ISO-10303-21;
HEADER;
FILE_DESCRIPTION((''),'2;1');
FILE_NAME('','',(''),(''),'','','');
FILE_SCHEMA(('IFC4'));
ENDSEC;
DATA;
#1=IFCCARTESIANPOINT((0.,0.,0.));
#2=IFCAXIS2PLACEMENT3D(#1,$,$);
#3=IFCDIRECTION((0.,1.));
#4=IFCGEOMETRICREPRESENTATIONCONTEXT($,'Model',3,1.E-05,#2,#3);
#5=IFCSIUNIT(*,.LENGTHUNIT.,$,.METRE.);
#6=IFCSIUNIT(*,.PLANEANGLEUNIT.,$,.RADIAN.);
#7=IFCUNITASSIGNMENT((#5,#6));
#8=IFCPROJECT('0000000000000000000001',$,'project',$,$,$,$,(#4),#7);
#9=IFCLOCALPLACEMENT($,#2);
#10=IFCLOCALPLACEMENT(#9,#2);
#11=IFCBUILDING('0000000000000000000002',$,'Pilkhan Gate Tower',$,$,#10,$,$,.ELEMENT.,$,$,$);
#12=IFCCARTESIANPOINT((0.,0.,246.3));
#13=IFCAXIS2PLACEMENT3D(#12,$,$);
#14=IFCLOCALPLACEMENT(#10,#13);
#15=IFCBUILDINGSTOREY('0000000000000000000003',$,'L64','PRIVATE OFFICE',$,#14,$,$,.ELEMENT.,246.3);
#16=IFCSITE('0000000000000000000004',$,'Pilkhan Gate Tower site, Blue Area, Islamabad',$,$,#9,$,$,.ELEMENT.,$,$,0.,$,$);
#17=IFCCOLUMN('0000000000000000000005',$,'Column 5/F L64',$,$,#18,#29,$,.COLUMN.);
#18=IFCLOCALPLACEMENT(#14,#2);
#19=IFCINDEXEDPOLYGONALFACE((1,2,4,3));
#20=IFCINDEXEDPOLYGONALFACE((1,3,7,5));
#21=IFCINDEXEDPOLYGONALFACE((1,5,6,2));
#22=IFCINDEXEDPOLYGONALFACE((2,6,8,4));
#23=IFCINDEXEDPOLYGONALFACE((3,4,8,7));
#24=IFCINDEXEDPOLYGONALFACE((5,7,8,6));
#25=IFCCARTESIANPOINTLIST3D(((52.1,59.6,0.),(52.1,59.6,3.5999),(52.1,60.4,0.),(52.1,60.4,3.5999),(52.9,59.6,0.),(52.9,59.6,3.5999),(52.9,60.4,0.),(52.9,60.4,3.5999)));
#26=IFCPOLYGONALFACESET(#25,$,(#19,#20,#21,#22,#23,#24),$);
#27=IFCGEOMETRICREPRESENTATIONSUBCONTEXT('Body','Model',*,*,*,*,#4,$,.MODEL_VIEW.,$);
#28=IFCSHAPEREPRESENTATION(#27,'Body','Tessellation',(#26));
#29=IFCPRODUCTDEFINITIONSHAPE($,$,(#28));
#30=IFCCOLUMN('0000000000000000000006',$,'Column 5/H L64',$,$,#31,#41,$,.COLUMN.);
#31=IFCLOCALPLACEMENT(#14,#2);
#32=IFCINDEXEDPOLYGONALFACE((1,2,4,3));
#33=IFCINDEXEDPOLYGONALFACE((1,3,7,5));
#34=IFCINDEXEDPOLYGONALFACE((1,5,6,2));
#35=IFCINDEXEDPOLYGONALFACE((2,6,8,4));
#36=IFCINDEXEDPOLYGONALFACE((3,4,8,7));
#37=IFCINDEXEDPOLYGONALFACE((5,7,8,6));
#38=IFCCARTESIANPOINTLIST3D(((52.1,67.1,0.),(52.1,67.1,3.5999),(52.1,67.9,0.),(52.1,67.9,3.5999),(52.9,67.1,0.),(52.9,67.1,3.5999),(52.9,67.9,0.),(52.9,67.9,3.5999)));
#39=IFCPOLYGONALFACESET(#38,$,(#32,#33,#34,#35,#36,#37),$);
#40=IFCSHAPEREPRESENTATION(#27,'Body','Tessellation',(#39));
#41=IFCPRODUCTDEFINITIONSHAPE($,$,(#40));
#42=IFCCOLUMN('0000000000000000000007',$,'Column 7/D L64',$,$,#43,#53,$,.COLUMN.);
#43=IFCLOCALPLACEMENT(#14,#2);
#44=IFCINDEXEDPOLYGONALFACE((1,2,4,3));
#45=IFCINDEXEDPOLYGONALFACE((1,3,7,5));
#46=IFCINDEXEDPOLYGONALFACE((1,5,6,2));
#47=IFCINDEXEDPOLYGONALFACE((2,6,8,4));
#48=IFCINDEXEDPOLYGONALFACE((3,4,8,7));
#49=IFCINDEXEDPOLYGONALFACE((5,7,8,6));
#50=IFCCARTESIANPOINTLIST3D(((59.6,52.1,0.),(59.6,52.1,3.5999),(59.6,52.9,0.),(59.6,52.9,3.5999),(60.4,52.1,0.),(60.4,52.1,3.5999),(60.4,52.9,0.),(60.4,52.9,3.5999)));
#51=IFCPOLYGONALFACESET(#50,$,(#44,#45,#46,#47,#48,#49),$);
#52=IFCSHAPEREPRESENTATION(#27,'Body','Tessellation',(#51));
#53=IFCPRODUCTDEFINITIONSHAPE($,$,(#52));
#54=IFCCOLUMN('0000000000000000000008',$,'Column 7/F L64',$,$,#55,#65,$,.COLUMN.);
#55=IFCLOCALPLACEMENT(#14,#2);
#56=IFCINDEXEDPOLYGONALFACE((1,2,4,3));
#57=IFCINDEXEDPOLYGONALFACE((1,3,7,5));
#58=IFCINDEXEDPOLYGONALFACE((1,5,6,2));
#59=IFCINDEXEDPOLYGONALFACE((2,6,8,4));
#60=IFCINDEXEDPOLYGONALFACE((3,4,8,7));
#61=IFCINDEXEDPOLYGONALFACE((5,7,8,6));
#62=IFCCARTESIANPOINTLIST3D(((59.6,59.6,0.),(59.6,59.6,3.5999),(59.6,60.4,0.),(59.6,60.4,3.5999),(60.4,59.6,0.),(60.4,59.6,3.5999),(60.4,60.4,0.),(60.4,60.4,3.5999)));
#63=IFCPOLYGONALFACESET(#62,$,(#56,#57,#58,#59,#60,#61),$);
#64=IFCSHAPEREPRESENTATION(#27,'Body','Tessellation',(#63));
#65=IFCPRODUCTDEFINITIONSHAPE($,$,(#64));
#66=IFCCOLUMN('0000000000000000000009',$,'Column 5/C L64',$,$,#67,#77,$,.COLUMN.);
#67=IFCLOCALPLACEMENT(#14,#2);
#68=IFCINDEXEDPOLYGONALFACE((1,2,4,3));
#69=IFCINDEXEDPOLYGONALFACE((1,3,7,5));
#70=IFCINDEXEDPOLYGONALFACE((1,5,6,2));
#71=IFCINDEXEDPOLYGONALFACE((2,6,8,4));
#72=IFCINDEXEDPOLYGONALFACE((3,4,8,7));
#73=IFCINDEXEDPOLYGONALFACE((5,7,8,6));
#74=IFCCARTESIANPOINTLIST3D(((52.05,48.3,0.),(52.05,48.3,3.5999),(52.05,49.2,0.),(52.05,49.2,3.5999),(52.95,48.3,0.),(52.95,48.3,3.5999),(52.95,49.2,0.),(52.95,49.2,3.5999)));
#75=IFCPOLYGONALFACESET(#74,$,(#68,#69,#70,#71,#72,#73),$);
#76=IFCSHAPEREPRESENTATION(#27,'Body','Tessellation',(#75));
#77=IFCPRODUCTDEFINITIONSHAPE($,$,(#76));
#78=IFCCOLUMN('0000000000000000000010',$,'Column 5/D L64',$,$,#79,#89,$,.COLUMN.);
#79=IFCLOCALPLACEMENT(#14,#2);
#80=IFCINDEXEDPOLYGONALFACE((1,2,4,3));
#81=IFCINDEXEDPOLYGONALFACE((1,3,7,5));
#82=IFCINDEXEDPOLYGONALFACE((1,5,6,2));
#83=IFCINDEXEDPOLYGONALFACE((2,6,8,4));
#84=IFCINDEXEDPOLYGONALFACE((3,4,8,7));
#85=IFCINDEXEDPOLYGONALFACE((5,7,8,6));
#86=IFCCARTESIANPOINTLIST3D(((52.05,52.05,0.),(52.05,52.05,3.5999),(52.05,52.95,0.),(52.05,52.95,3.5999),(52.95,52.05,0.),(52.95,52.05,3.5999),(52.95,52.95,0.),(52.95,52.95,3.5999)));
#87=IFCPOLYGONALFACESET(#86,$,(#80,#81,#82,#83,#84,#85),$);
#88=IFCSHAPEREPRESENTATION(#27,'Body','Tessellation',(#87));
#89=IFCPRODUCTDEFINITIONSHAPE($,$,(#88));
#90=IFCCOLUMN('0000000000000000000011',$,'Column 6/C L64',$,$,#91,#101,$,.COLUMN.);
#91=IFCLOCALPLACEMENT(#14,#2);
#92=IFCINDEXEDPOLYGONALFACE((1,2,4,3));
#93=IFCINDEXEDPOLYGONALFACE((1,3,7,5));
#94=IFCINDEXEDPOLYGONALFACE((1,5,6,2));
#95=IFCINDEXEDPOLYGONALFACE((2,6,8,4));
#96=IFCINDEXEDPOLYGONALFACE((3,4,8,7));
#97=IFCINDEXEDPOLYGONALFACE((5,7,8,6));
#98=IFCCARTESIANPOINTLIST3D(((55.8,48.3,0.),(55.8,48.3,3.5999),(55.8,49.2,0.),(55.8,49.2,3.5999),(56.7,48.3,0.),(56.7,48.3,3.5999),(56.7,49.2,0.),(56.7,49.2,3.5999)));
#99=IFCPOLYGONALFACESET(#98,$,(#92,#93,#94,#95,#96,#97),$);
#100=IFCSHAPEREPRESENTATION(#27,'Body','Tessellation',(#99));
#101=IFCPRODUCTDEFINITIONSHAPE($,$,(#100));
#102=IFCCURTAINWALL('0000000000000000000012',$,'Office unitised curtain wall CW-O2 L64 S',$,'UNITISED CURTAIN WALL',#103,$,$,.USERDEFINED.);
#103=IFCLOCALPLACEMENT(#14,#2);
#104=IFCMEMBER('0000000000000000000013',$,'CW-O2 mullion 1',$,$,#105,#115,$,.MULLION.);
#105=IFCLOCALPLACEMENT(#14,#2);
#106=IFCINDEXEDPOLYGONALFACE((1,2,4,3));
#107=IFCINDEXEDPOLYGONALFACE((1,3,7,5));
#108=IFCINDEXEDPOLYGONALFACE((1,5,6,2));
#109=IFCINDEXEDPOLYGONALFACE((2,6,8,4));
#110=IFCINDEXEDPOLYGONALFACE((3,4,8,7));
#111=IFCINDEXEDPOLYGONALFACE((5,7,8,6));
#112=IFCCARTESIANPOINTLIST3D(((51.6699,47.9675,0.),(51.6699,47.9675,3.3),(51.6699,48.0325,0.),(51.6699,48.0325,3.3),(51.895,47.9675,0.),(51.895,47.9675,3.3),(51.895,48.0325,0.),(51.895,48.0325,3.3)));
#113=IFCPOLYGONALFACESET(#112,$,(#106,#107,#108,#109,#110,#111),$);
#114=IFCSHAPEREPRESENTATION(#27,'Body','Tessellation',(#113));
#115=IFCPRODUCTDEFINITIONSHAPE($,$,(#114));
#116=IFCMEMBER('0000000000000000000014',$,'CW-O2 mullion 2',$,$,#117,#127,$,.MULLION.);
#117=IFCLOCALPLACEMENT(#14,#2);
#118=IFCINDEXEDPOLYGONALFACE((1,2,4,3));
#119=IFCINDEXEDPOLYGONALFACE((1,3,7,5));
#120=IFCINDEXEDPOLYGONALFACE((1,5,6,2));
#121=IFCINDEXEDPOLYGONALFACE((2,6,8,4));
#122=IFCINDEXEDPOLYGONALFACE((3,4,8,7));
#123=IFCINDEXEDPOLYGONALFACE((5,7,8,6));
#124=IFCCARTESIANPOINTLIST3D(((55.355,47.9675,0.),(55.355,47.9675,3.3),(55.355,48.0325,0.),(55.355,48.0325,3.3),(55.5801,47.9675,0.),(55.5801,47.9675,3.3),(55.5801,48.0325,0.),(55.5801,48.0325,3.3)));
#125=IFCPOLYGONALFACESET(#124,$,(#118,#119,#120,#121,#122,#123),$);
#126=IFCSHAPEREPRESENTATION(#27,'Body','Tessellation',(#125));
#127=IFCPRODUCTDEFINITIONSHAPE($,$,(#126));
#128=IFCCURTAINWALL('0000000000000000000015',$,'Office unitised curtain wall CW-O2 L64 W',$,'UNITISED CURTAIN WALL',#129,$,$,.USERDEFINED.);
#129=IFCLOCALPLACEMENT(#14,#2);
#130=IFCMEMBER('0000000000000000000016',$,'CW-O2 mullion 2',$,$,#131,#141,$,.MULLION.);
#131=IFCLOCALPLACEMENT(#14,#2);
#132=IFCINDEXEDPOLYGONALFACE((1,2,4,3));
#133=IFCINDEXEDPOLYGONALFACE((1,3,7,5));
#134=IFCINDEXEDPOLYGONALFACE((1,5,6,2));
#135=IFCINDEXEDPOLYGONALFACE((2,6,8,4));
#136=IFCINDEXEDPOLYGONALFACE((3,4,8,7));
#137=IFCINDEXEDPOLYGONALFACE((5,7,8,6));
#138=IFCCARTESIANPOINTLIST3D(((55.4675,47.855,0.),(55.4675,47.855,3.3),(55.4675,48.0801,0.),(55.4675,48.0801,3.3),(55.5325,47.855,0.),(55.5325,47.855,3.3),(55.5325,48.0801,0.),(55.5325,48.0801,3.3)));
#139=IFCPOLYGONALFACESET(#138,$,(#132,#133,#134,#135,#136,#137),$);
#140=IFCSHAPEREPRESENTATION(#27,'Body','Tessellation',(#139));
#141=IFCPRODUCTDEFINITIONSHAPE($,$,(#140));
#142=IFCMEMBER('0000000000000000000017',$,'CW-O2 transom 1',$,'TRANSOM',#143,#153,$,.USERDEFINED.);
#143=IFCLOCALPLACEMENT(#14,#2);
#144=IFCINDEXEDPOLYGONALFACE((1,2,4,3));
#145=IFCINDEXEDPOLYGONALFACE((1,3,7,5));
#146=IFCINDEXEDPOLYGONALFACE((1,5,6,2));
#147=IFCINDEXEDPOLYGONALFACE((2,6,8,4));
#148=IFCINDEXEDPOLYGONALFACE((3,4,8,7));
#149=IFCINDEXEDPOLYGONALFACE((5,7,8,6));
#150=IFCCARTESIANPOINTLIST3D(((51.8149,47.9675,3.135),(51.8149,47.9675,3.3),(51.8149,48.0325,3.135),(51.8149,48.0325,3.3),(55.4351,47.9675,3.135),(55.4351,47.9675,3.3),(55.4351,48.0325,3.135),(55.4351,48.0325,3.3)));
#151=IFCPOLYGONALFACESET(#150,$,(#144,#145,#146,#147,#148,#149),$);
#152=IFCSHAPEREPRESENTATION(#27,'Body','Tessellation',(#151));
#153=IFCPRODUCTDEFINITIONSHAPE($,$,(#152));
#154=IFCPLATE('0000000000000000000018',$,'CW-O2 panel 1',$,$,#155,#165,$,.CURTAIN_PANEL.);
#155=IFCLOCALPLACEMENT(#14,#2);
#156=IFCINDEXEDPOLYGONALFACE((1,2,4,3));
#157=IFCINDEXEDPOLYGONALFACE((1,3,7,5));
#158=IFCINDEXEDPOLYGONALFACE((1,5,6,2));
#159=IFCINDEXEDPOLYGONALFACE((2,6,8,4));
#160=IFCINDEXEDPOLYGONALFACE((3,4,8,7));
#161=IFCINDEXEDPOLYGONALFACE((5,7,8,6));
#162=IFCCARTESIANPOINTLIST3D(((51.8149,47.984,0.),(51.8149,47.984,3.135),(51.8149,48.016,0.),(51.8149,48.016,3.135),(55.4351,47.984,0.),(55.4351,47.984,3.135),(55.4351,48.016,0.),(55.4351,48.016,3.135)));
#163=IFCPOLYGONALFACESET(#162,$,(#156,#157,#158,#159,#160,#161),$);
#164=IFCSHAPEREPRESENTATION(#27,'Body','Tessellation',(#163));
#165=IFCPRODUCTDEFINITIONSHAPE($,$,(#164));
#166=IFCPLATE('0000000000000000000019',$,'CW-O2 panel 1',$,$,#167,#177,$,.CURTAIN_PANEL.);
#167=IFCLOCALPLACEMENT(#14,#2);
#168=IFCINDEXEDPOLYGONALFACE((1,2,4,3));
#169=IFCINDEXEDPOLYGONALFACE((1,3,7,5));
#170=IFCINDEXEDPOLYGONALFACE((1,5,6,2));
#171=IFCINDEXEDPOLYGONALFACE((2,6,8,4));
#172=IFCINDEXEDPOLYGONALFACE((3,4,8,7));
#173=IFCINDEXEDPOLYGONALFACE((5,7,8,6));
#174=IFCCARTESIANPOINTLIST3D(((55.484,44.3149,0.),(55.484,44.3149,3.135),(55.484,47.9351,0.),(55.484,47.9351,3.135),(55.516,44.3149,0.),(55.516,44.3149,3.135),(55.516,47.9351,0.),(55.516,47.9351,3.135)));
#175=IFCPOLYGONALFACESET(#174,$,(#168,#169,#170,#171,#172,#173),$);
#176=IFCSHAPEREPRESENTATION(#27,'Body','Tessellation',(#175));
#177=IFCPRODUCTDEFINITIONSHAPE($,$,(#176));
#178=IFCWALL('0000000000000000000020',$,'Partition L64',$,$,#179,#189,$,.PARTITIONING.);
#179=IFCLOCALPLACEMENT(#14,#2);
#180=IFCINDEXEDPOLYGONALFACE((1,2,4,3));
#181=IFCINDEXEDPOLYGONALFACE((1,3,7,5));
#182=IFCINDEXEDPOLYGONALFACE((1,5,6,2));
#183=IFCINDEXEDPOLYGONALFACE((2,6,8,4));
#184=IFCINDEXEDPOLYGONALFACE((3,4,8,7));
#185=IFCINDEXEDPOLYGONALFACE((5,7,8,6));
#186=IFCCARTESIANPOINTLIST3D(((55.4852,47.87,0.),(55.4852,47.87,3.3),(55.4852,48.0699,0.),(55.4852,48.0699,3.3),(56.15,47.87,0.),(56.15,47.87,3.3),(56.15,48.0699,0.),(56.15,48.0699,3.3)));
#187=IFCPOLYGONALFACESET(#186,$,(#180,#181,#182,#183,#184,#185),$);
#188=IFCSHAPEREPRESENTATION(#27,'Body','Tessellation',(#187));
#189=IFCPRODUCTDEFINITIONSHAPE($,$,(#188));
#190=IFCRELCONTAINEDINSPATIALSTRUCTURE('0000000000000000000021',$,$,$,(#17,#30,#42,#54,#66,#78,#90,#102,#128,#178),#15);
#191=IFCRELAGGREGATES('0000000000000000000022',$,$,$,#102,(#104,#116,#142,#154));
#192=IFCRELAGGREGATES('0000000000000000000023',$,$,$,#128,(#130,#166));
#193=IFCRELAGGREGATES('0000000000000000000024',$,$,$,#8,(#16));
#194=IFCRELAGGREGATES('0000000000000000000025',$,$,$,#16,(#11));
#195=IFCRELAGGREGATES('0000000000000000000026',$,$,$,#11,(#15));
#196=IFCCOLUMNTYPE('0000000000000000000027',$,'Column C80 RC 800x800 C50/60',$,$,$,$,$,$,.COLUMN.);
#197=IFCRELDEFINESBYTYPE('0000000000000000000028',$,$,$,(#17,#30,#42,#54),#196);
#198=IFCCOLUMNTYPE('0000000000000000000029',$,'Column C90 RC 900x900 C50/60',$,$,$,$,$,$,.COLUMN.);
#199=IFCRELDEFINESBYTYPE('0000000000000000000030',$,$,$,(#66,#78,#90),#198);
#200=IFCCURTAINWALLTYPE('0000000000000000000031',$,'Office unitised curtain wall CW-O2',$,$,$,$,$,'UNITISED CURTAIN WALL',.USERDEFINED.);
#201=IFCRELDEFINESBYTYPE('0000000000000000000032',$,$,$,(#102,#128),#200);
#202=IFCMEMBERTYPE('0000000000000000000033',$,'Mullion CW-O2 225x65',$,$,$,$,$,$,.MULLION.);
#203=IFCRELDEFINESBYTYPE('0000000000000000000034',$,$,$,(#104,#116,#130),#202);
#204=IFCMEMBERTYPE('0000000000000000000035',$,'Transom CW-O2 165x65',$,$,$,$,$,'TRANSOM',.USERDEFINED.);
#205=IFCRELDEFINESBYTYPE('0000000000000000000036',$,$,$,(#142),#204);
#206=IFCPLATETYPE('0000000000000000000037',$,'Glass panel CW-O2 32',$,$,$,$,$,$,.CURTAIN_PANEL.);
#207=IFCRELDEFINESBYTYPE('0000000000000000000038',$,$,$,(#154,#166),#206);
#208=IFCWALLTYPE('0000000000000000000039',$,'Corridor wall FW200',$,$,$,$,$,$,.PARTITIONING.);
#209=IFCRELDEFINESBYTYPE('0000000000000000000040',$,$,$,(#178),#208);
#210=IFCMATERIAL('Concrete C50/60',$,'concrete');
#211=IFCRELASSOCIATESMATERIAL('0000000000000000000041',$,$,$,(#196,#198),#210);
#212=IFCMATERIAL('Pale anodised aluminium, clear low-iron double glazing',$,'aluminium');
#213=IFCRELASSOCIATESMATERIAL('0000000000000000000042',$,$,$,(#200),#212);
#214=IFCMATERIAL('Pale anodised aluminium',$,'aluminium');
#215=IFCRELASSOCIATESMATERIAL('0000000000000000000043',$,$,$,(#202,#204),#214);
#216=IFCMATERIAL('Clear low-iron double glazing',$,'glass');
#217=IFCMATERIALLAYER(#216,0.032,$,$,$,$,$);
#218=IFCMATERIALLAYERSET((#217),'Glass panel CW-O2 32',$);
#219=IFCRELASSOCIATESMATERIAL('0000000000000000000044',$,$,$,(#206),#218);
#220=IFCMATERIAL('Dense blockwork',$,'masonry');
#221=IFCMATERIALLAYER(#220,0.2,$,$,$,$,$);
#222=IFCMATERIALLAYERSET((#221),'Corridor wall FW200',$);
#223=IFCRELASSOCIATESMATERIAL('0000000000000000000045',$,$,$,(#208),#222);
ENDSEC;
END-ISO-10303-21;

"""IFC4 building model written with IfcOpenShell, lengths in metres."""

from ifc_helpers import new_model, si_unit, direction, frame, frame_2d, origin, origin_2d, place, context, subcontext, project, spatial, rectangle, extrude, material, layer, layer_set, material_profile, profile_set, type_object, element, aggregate, save


model = new_model("IFC4")

# Units and contexts
model_context = context("Model", 3, precision=1e-05, world=origin(), true_north=direction((0.0, 1.0)))
body_context = subcontext(model_context, "Body", "Model", "MODEL_VIEW")
ifc_project = project(units=[si_unit("LENGTHUNIT", "METRE"), si_unit("PLANEANGLEUNIT", "RADIAN")], contexts=[model_context])

# Site, building, storey
site_placement = place(None, origin())
site = spatial("IfcSite", under=ifc_project, at=site_placement, Name="Pilkhan Gate Tower site, Blue Area, Islamabad", CompositionType="ELEMENT", RefElevation=0.0)
building_placement = place(site_placement, origin())
building = spatial("IfcBuilding", under=site, at=building_placement, Name="Pilkhan Gate Tower", CompositionType="ELEMENT")
storey_placement = place(building_placement, frame((0.0, 0.0, 246.3)))
storey = spatial("IfcBuildingStorey", under=building, at=storey_placement, Name="L64", Description="PRIVATE OFFICE", CompositionType="ELEMENT", Elevation=246.3)

# Columns
ifc_material_1 = material(Name="Concrete C50/60", Category="concrete")
ifc_material_profile_1 = material_profile(ifc_material_1, rectangle(XDim=0.8, YDim=0.8, at=origin_2d()), Name="RC 800x800")
ifc_profile_set_1 = profile_set([ifc_material_profile_1], Name="Concrete C50/60")
column_type_1 = type_object("IfcColumnType", Name="Column C80 RC 800x800 C50/60", PredefinedType="COLUMN", material=ifc_profile_set_1)
for number, where, z_axis, x_axis, name in (
    (1, (52.5, 60.0, 0.0), (0.0, 0.0, 1.0), (1.0, 0.0, 0.0), "Column 5/F L64"),
    (2, (52.5, 67.5, 0.0), (0.0, 0.0, 1.0), (1.0, 0.0, 0.0), "Column 5/H L64"),
    (3, (60.0, 52.5, 0.0), (0.0, 0.0, 1.0), (1.0, 0.0, 0.0), "Column 7/D L64"),
    (4, (60.0, 60.0, 0.0), (0.0, 0.0, 1.0), (1.0, 0.0, 0.0), "Column 7/F L64"),
):
    element("IfcColumn", number, at=place(storey_placement, frame(where, z_axis=z_axis, x_axis=x_axis)), inside=storey, type_object=column_type_1, Name=name, PredefinedType="COLUMN", context=body_context, shape_type="SweptSolid", body=[
        extrude(rectangle(XDim=0.8, YDim=0.8, at=origin_2d()), origin(), (0.0, 0.0, 1.0), 3.5999),
    ])
ifc_material_profile_2 = material_profile(ifc_material_1, rectangle(XDim=0.8999, YDim=0.8999, at=origin_2d()), Name="RC 900x900")
ifc_profile_set_2 = profile_set([ifc_material_profile_2], Name="Concrete C50/60")
column_type_2 = type_object("IfcColumnType", Name="Column C90 RC 900x900 C50/60", PredefinedType="COLUMN", material=ifc_profile_set_2)
for number, where, z_axis, x_axis, name in (
    (5, (52.5, 48.75, 0.0), (0.0, 0.0, 1.0), (1.0, 0.0, 0.0), "Column 5/C L64"),
    (6, (52.5, 52.5, 0.0), (0.0, 0.0, 1.0), (1.0, 0.0, 0.0), "Column 5/D L64"),
    (7, (56.25, 48.75, 0.0), (0.0, 0.0, 1.0), (1.0, 0.0, 0.0), "Column 6/C L64"),
):
    element("IfcColumn", number, at=place(storey_placement, frame(where, z_axis=z_axis, x_axis=x_axis)), inside=storey, type_object=column_type_2, Name=name, PredefinedType="COLUMN", context=body_context, shape_type="SweptSolid", body=[
        extrude(rectangle(XDim=0.8999, YDim=0.8999, at=origin_2d()), origin(), (0.0, 0.0, 1.0), 3.5999),
    ])

# Curtain wall, members
ifc_material_2 = material(Name="Pale anodised aluminium, clear low-iron double glazing", Category="aluminium")
curtain_wall_type = type_object("IfcCurtainWallType", Name="Office unitised curtain wall CW-O2", ElementType="UNITISED CURTAIN WALL", PredefinedType="USERDEFINED", material=ifc_material_2)
curtain_wall_1_placement = place(storey_placement, origin())
curtain_wall_1 = element("IfcCurtainWall", 8, at=curtain_wall_1_placement, inside=storey, type_object=curtain_wall_type, Name="Office unitised curtain wall CW-O2 L64 S", ObjectType="UNITISED CURTAIN WALL", PredefinedType="USERDEFINED")
ifc_material_3 = material(Name="Pale anodised aluminium", Category="aluminium")
ifc_material_profile_3 = material_profile(ifc_material_3, rectangle(XDim=0.0649, YDim=0.2251, at=origin_2d()), Name="Mullion 225x65")
ifc_profile_set_3 = profile_set([ifc_material_profile_3], Name="Pale anodised aluminium")
member_type_1 = type_object("IfcMemberType", Name="Mullion CW-O2 225x65", PredefinedType="MULLION", material=ifc_profile_set_3)
member_1_placement = place(storey_placement, frame((51.7825, 48.0, 0.0), z_axis=(0.0, 0.0, 1.0), x_axis=(0.0, 1.0, 0.0)))
member_1 = element("IfcMember", 9, at=member_1_placement, type_object=member_type_1, Name="CW-O2 mullion 1", PredefinedType="MULLION", context=body_context, shape_type="SweptSolid", body=[
    extrude(rectangle(XDim=0.0649, YDim=0.2251, at=origin_2d()), origin(), (0.0, 0.0, 1.0), 3.3),
])
member_2_placement = place(storey_placement, frame((55.4675, 48.0, 0.0), z_axis=(0.0, 0.0, 1.0), x_axis=(0.0, 1.0, 0.0)))
member_2 = element("IfcMember", 10, at=member_2_placement, type_object=member_type_1, Name="CW-O2 mullion 2", PredefinedType="MULLION", context=body_context, shape_type="SweptSolid", body=[
    extrude(rectangle(XDim=0.0649, YDim=0.2251, at=origin_2d()), origin(), (0.0, 0.0, 1.0), 3.3),
])

# Curtain wall, member
curtain_wall_2_placement = place(storey_placement, origin())
curtain_wall_2 = element("IfcCurtainWall", 11, at=curtain_wall_2_placement, inside=storey, type_object=curtain_wall_type, Name="Office unitised curtain wall CW-O2 L64 W", ObjectType="UNITISED CURTAIN WALL", PredefinedType="USERDEFINED")
member_3_placement = place(storey_placement, frame((55.5, 47.9675, 0.0), z_axis=(0.0, 0.0, 1.0), x_axis=(-1.0, 0.0, 0.0)))
member_3 = element("IfcMember", 12, at=member_3_placement, type_object=member_type_1, Name="CW-O2 mullion 2", PredefinedType="MULLION", context=body_context, shape_type="SweptSolid", body=[
    extrude(rectangle(XDim=0.0649, YDim=0.2251, at=origin_2d()), origin(), (0.0, 0.0, 1.0), 3.3),
])

# Member
ifc_material_profile_4 = material_profile(ifc_material_3, rectangle(XDim=0.0649, YDim=0.165, at=origin_2d()), Name="Transom 165x65")
ifc_profile_set_4 = profile_set([ifc_material_profile_4], Name="Pale anodised aluminium")
member_type_2 = type_object("IfcMemberType", Name="Transom CW-O2 165x65", ElementType="TRANSOM", PredefinedType="USERDEFINED", material=ifc_profile_set_4)
member_4_placement = place(storey_placement, frame((51.8149, 48.0, 3.2175), z_axis=(1.0, 0.0, 0.0), x_axis=(0.0, 1.0, 0.0)))
member_4 = element("IfcMember", 13, at=member_4_placement, type_object=member_type_2, Name="CW-O2 transom 1", ObjectType="TRANSOM", PredefinedType="USERDEFINED", context=body_context, shape_type="SweptSolid", body=[
    extrude(rectangle(XDim=0.0649, YDim=0.165, at=origin_2d()), origin(), (0.0, 0.0, 1.0), 3.6201),
])

# Plates
ifc_material_4 = material(Name="Clear low-iron double glazing", Category="glass")
ifc_layer_1 = layer(ifc_material_4, 0.032)
ifc_layer_set_1 = layer_set([ifc_layer_1], Name="Glass panel CW-O2 32")
plate_type = type_object("IfcPlateType", Name="Glass panel CW-O2 32", PredefinedType="CURTAIN_PANEL", material=ifc_layer_set_1)
plate_1_placement = place(storey_placement, frame((53.625, 48.0, 0.0), z_axis=(0.0, 0.0, 1.0), x_axis=(1.0, 0.0, 0.0)))
plate_1 = element("IfcPlate", 14, at=plate_1_placement, type_object=plate_type, Name="CW-O2 panel 1", PredefinedType="CURTAIN_PANEL", context=body_context, shape_type="SweptSolid", body=[
    extrude(rectangle(XDim=3.6201, YDim=0.032, at=origin_2d()), origin(), (0.0, 0.0, 1.0), 3.135),
])
aggregate(curtain_wall_1, [member_1, member_2, member_4, plate_1])
plate_2_placement = place(storey_placement, frame((55.5, 46.125, 0.0), z_axis=(0.0, 0.0, 1.0), x_axis=(0.0, 1.0, 0.0)))
plate_2 = element("IfcPlate", 15, at=plate_2_placement, type_object=plate_type, Name="CW-O2 panel 1", PredefinedType="CURTAIN_PANEL", context=body_context, shape_type="SweptSolid", body=[
    extrude(rectangle(XDim=3.6201, YDim=0.032, at=origin_2d()), origin(), (0.0, 0.0, 1.0), 3.135),
])
aggregate(curtain_wall_2, [member_3, plate_2])

# Wall
ifc_material_5 = material(Name="Dense blockwork", Category="masonry")
ifc_layer_2 = layer(ifc_material_5, 0.2)
ifc_layer_set_2 = layer_set([ifc_layer_2], Name="Corridor wall FW200")
wall_type = type_object("IfcWallType", Name="Corridor wall FW200", PredefinedType="PARTITIONING", material=ifc_layer_set_2)
wall_1_placement = place(storey_placement, frame((55.4851, 47.97, 0.0), z_axis=(0.0, 0.0, 1.0), x_axis=(1.0, 0.0, 0.0)))
element("IfcWall", 16, at=wall_1_placement, inside=storey, type_object=wall_type, Name="Partition L64", PredefinedType="PARTITIONING", context=body_context, shape_type="SweptSolid", body=[
    extrude(rectangle(XDim=0.6648, YDim=0.2, at=frame_2d((0.3325, 0.0))), origin(), (0.0, 0.0, 1.0), 3.3),
])

save(model, "model.ifc")
